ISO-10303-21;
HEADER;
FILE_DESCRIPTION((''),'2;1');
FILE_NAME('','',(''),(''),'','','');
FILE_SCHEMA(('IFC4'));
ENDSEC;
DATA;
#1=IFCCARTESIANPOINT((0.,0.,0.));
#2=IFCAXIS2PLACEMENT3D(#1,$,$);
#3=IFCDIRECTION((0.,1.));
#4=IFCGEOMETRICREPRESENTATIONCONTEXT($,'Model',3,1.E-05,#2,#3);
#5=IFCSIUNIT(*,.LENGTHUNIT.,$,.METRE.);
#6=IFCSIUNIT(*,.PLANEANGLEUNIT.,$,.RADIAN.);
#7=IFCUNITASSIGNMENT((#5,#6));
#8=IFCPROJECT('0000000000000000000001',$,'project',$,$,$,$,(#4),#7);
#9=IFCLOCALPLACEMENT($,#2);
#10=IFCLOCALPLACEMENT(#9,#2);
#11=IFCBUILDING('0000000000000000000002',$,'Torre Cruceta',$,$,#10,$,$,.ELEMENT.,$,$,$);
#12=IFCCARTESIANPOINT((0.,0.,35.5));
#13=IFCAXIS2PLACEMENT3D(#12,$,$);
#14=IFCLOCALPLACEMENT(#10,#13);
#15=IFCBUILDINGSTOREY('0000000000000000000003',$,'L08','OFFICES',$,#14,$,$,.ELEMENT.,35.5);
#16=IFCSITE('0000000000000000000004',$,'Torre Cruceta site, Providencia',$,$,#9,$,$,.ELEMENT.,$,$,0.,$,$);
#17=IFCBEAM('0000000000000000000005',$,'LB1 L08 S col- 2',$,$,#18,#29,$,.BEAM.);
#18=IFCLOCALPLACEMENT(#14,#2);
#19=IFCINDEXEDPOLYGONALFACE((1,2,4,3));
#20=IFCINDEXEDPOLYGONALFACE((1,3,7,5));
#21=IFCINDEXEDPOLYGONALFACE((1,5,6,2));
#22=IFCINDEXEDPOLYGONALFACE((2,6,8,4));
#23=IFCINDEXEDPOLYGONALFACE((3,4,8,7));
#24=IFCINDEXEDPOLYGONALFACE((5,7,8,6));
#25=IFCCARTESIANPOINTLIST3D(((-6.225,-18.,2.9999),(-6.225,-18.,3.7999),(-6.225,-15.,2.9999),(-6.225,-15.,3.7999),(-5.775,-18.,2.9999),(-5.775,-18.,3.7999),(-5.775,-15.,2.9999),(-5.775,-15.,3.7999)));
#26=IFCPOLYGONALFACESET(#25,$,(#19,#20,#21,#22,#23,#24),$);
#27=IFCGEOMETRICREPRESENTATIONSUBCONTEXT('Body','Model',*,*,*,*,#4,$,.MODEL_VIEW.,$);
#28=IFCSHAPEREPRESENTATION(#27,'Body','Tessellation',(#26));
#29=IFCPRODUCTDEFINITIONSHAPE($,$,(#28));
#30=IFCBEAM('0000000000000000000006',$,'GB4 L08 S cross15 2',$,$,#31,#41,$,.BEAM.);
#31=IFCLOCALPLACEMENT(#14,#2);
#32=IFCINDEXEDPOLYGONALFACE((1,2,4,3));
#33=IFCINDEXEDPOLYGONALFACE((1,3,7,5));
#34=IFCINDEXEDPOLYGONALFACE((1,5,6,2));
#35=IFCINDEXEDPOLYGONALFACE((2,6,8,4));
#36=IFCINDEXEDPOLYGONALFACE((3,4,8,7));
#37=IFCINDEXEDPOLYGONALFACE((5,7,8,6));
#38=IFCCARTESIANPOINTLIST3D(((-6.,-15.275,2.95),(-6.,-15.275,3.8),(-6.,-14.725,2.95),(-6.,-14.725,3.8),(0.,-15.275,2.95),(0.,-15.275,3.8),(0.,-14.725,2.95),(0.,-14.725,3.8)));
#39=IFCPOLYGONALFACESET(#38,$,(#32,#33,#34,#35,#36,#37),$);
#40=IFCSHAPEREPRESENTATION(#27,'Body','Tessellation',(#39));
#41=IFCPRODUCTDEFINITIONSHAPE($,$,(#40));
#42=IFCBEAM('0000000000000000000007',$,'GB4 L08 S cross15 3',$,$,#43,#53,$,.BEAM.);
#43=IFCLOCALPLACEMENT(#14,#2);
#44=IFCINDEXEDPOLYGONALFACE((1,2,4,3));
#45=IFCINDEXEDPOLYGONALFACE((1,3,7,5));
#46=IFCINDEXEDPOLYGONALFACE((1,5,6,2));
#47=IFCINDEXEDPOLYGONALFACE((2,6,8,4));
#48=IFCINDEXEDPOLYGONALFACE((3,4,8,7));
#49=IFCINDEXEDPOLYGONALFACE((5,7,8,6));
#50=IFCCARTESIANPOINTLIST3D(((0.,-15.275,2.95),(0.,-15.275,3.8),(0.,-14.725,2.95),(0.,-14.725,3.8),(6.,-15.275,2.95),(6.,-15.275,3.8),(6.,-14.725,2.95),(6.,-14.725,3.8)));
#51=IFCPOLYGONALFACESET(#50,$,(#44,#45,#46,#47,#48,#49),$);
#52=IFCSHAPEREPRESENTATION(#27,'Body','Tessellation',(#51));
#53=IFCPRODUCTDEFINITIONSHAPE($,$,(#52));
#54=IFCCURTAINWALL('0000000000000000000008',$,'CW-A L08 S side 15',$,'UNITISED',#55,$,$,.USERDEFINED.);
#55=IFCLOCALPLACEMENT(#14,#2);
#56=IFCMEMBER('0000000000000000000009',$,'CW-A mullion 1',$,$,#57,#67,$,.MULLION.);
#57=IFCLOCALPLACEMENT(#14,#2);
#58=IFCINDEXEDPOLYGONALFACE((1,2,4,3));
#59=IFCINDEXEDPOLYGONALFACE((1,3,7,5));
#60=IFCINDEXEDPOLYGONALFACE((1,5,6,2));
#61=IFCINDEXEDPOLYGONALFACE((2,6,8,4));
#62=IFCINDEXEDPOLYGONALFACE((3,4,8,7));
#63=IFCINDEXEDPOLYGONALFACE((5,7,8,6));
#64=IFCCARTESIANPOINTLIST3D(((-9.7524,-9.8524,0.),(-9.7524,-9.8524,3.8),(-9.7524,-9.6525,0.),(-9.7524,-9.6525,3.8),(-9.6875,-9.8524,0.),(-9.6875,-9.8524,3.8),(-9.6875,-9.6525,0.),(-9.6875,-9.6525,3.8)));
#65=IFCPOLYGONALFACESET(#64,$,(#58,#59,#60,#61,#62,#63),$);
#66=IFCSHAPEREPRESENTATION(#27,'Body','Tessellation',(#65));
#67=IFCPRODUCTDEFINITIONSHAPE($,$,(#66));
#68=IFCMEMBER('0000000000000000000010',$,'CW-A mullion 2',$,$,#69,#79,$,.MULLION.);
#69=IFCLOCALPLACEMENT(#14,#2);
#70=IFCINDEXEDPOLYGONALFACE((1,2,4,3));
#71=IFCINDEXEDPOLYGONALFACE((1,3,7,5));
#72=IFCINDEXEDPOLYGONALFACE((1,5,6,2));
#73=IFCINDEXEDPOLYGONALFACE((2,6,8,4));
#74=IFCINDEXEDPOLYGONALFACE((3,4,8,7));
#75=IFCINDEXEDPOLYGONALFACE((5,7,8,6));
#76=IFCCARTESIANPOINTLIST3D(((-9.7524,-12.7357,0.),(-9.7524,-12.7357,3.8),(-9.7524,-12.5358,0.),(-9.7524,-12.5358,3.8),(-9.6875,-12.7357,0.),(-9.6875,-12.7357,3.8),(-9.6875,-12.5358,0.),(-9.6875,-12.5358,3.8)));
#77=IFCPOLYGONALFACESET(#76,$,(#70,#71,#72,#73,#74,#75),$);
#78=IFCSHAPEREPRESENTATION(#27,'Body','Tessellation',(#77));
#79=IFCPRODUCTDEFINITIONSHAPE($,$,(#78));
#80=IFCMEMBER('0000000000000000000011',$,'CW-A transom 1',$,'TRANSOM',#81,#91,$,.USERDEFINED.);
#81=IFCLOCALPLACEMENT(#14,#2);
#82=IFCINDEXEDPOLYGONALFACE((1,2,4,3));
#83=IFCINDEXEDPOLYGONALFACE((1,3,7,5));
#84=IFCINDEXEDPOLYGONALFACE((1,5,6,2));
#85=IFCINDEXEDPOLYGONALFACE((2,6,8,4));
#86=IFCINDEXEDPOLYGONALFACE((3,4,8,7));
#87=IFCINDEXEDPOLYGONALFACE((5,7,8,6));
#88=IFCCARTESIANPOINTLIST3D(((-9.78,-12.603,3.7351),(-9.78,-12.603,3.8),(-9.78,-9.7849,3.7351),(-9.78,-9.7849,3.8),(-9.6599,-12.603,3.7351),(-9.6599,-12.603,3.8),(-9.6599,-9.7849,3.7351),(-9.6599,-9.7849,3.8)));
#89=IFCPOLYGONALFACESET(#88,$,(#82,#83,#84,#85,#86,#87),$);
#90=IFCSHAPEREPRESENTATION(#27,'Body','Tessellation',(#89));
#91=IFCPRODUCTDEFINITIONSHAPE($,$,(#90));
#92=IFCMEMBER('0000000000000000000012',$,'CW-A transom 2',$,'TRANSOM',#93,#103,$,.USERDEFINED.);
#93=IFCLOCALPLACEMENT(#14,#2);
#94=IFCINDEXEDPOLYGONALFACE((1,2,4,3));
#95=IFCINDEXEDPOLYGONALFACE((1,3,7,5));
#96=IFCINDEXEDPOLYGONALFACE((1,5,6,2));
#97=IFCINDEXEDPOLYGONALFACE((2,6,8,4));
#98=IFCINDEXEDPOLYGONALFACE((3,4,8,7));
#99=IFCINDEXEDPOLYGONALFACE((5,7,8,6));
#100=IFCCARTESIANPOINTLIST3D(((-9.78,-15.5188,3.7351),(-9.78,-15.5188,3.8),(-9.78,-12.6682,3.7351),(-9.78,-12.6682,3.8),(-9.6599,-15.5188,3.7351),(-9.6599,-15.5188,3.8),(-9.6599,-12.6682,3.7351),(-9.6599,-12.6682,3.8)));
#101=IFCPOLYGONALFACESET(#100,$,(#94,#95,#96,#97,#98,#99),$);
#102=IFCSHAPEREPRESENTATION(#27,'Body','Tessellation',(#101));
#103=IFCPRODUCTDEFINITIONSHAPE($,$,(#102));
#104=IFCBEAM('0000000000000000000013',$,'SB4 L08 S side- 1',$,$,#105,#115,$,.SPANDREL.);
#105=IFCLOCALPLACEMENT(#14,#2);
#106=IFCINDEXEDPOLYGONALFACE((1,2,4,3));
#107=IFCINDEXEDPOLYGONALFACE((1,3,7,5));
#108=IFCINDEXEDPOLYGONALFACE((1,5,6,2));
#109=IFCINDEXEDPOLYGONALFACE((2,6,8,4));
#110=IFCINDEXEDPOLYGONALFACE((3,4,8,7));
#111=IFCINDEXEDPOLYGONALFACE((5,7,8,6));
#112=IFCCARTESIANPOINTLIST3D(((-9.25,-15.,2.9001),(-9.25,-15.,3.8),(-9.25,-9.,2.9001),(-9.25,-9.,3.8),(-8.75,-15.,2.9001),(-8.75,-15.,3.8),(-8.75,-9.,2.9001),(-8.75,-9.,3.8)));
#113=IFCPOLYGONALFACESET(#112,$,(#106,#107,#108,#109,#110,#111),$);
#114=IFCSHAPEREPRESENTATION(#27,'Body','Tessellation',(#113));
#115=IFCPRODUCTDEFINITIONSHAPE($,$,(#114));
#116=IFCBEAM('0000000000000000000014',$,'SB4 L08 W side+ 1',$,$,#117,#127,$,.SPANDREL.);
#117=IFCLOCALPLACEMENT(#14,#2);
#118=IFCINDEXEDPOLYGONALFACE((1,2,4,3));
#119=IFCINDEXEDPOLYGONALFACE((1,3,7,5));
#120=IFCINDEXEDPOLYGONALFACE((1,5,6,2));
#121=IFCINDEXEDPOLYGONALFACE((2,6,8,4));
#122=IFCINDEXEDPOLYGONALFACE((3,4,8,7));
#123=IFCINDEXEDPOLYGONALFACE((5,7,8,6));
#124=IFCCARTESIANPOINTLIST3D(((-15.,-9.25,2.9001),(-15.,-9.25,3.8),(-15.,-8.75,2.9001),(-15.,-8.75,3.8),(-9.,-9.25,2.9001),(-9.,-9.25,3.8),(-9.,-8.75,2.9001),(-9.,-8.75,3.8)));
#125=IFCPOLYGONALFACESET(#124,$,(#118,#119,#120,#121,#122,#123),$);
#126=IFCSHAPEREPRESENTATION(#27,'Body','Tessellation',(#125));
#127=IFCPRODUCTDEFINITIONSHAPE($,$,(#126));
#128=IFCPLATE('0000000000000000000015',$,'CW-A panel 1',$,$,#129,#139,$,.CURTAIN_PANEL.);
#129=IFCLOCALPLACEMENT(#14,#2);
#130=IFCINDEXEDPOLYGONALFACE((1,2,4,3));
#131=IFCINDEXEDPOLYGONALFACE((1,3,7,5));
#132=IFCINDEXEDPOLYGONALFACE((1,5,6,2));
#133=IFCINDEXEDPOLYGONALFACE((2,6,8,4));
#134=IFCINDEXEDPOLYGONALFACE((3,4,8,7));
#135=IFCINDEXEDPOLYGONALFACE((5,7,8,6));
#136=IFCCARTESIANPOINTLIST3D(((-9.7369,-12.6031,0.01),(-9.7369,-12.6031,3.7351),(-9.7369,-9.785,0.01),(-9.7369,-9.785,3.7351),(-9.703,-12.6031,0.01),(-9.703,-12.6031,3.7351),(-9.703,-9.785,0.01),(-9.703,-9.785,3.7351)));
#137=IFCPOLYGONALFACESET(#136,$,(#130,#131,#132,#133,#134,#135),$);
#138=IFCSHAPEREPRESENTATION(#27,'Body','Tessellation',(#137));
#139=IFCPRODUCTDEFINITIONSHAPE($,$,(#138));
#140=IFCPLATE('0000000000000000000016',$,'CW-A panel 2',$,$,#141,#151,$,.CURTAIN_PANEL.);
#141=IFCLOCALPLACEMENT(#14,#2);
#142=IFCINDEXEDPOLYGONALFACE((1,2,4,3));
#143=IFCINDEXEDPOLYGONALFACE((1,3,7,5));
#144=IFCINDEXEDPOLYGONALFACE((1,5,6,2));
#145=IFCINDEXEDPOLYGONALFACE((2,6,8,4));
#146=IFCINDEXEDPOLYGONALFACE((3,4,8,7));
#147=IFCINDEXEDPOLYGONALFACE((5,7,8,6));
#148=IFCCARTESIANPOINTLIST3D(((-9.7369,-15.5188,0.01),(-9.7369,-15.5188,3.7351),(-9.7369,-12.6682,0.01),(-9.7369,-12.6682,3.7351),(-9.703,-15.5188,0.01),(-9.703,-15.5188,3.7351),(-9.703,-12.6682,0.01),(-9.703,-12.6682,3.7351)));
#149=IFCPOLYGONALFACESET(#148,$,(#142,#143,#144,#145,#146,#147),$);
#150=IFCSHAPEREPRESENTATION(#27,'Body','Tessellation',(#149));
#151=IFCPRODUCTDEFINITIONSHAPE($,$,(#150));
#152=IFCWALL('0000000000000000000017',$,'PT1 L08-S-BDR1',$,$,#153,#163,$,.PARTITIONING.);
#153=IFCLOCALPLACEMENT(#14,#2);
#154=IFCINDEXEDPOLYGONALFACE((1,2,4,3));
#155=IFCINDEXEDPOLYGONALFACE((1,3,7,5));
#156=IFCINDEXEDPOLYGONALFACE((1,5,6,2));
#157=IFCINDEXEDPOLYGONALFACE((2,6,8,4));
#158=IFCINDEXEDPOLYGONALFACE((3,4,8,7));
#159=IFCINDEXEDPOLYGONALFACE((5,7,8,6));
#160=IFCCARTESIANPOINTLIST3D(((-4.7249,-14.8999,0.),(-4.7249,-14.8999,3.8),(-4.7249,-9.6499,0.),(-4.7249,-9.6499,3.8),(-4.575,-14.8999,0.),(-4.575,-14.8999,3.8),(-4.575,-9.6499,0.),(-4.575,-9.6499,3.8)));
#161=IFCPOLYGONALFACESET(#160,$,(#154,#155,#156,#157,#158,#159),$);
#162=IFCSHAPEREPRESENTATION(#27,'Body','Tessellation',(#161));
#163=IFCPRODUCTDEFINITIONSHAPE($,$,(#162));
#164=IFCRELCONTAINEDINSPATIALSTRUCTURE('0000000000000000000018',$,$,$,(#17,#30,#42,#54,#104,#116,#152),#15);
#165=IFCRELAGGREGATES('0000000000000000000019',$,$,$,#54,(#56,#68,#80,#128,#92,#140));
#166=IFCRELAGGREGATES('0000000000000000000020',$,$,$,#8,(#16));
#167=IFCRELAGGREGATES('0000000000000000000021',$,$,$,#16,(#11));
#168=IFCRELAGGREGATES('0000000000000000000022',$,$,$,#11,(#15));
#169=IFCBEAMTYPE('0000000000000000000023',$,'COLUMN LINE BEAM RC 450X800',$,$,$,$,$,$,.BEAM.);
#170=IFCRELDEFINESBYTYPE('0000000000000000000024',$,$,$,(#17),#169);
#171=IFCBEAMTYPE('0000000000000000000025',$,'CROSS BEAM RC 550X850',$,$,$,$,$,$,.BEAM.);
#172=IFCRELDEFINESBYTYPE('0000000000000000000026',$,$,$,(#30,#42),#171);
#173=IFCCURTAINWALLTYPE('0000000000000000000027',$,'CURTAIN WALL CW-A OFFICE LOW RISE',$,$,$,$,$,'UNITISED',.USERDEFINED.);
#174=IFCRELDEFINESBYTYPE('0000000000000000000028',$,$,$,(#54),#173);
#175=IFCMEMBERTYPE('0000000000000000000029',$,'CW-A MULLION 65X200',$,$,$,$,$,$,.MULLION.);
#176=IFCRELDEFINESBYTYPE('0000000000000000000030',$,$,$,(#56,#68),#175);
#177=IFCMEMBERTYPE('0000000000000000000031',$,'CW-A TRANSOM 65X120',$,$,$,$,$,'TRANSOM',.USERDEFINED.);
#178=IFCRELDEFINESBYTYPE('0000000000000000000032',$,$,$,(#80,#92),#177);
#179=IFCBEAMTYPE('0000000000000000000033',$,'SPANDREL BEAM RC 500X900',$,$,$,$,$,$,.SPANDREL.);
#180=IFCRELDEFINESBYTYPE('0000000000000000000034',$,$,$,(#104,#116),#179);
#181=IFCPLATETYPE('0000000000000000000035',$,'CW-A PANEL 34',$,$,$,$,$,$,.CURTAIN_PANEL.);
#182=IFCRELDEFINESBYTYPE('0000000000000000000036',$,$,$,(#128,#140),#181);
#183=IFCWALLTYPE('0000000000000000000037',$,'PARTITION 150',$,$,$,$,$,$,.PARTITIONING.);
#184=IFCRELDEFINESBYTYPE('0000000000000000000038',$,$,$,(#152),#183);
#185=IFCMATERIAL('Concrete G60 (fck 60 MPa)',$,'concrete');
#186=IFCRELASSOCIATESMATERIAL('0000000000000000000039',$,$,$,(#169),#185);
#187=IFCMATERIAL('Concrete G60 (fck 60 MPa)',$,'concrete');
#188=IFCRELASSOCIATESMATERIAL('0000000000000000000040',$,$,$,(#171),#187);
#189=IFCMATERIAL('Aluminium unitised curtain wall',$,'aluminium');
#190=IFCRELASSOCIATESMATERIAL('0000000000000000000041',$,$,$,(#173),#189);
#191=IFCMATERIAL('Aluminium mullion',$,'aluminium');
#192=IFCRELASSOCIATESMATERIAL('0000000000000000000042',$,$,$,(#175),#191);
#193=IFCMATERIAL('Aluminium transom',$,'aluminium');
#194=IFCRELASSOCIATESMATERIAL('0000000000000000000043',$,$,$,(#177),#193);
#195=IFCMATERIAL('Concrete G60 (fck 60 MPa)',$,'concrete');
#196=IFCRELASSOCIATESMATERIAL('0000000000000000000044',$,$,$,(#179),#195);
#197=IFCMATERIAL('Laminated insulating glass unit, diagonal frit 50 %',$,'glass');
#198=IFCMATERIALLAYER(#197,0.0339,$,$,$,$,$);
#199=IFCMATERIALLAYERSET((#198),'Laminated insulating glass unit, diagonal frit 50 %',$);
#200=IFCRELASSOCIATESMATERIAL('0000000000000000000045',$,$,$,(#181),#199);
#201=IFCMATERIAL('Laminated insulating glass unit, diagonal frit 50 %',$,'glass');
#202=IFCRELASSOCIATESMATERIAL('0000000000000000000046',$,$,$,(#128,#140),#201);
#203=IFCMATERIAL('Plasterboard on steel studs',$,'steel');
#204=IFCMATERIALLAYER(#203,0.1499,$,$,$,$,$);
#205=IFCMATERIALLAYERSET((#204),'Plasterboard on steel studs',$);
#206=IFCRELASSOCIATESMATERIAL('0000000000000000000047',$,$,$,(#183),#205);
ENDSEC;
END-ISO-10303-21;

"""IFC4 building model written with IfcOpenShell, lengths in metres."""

from ifc_helpers import new_model, si_unit, direction, frame, frame_2d, origin, origin_2d, place, context, subcontext, project, spatial, rectangle, extrude, material, layer, layer_set, material_profile, profile_set, type_object, element, aggregate, save


model = new_model("IFC4")

# Units and contexts
model_context = context("Model", 3, precision=1e-05, world=origin(), true_north=direction((0.0, 1.0)))
body_context = subcontext(model_context, "Body", "Model", "MODEL_VIEW")
ifc_project = project(units=[si_unit("LENGTHUNIT", "METRE"), si_unit("PLANEANGLEUNIT", "RADIAN")], contexts=[model_context])

# Site, building, storey
site_placement = place(None, origin())
site = spatial("IfcSite", under=ifc_project, at=site_placement, Name="Torre Cruceta site, Providencia", CompositionType="ELEMENT", RefElevation=0.0)
building_placement = place(site_placement, origin())
building = spatial("IfcBuilding", under=site, at=building_placement, Name="Torre Cruceta", CompositionType="ELEMENT")
storey_placement = place(building_placement, frame((0.0, 0.0, 35.5)))
storey = spatial("IfcBuildingStorey", under=building, at=storey_placement, Name="L08", Description="OFFICES", CompositionType="ELEMENT", Elevation=35.5)

# Beams
ifc_material_1 = material(Name="Concrete G60 (fck 60 MPa)", Category="concrete")
ifc_material_profile_1 = material_profile(ifc_material_1, rectangle(XDim=0.45, YDim=0.8, at=origin_2d()), Name="RC 450X800")
ifc_profile_set_1 = profile_set([ifc_material_profile_1], Name="Concrete G60 (fck 60 MPa)")
beam_type_1 = type_object("IfcBeamType", Name="COLUMN LINE BEAM RC 450X800", PredefinedType="BEAM", material=ifc_profile_set_1)
beam_placement = place(storey_placement, frame((-6.0, -15.0, 3.3999), z_axis=(0.0, -1.0, 0.0), x_axis=(1.0, 0.0, 0.0)))
element("IfcBeam", 1, at=beam_placement, inside=storey, type_object=beam_type_1, Name="LB1 L08 S col- 2", PredefinedType="BEAM", context=body_context, shape_type="SweptSolid", body=[
    extrude(rectangle(XDim=0.45, YDim=0.8, at=origin_2d()), origin(), (0.0, 0.0, 1.0), 3.0),
])
ifc_material_2 = material(Name="Concrete G60 (fck 60 MPa)", Category="concrete")
ifc_material_profile_2 = material_profile(ifc_material_2, rectangle(XDim=0.55, YDim=0.8501, at=origin_2d()), Name="RC 550X850")
ifc_profile_set_2 = profile_set([ifc_material_profile_2], Name="Concrete G60 (fck 60 MPa)")
beam_type_2 = type_object("IfcBeamType", Name="CROSS BEAM RC 550X850", PredefinedType="BEAM", material=ifc_profile_set_2)
for number, where, z_axis, x_axis, name in (
    (2, (-6.0, -15.0, 3.375), (1.0, 0.0, 0.0), (0.0, 1.0, 0.0), "GB4 L08 S cross15 2"),
    (3, (0.0, -15.0, 3.375), (1.0, 0.0, 0.0), (0.0, 1.0, 0.0), "GB4 L08 S cross15 3"),
):
    element("IfcBeam", number, at=place(storey_placement, frame(where, z_axis=z_axis, x_axis=x_axis)), inside=storey, type_object=beam_type_2, Name=name, PredefinedType="BEAM", context=body_context, shape_type="SweptSolid", body=[
        extrude(rectangle(XDim=0.55, YDim=0.8501, at=origin_2d()), origin(), (0.0, 0.0, 1.0), 6.0),
    ])

# Curtain wall, members
ifc_material_3 = material(Name="Aluminium unitised curtain wall", Category="aluminium")
curtain_wall_type = type_object("IfcCurtainWallType", Name="CURTAIN WALL CW-A OFFICE LOW RISE", ElementType="UNITISED", PredefinedType="USERDEFINED", material=ifc_material_3)
curtain_wall_placement = place(storey_placement, origin())
curtain_wall = element("IfcCurtainWall", 4, at=curtain_wall_placement, inside=storey, type_object=curtain_wall_type, Name="CW-A L08 S side 15", ObjectType="UNITISED", PredefinedType="USERDEFINED")
ifc_material_4 = material(Name="Aluminium mullion", Category="aluminium")
ifc_material_profile_3 = material_profile(ifc_material_4, rectangle(XDim=0.0649, YDim=0.2, at=origin_2d()), Name="AL 65X200")
ifc_profile_set_3 = profile_set([ifc_material_profile_3], Name="Aluminium mullion")
member_type_1 = type_object("IfcMemberType", Name="CW-A MULLION 65X200", PredefinedType="MULLION", material=ifc_profile_set_3)
member_1_placement = place(storey_placement, frame((-9.72, -9.7524, 0.0), z_axis=(0.0, 0.0, 1.0), x_axis=(1.0, 0.0, 0.0)))
member_1 = element("IfcMember", 5, at=member_1_placement, type_object=member_type_1, Name="CW-A mullion 1", PredefinedType="MULLION", context=body_context, shape_type="SweptSolid", body=[
    extrude(rectangle(XDim=0.0649, YDim=0.2, at=origin_2d()), origin(), (0.0, 0.0, 1.0), 3.8),
])
member_2_placement = place(storey_placement, frame((-9.72, -12.6357, 0.0), z_axis=(0.0, 0.0, 1.0), x_axis=(1.0, 0.0, 0.0)))
member_2 = element("IfcMember", 6, at=member_2_placement, type_object=member_type_1, Name="CW-A mullion 2", PredefinedType="MULLION", context=body_context, shape_type="SweptSolid", body=[
    extrude(rectangle(XDim=0.0649, YDim=0.2, at=origin_2d()), origin(), (0.0, 0.0, 1.0), 3.8),
])
ifc_material_5 = material(Name="Aluminium transom", Category="aluminium")
ifc_material_profile_4 = material_profile(ifc_material_5, rectangle(XDim=0.1201, YDim=0.0649, at=origin_2d()), Name="AL 120X65")
ifc_profile_set_4 = profile_set([ifc_material_profile_4], Name="Aluminium transom")
member_type_2 = type_object("IfcMemberType", Name="CW-A TRANSOM 65X120", ElementType="TRANSOM", PredefinedType="USERDEFINED", material=ifc_profile_set_4)
member_3_placement = place(storey_placement, frame((-9.72, -9.7849, 3.7676), z_axis=(0.0, -1.0, 0.0), x_axis=(1.0, 0.0, 0.0)))
member_3 = element("IfcMember", 7, at=member_3_placement, type_object=member_type_2, Name="CW-A transom 1", ObjectType="TRANSOM", PredefinedType="USERDEFINED", context=body_context, shape_type="SweptSolid", body=[
    extrude(rectangle(XDim=0.1201, YDim=0.0649, at=origin_2d()), origin(), (0.0, 0.0, 1.0), 2.8181),
])
member_4_placement = place(storey_placement, frame((-9.72, -12.6682, 3.7676), z_axis=(0.0, -1.0, 0.0), x_axis=(1.0, 0.0, 0.0)))
member_4 = element("IfcMember", 8, at=member_4_placement, type_object=member_type_2, Name="CW-A transom 2", ObjectType="TRANSOM", PredefinedType="USERDEFINED", context=body_context, shape_type="SweptSolid", body=[
    extrude(rectangle(XDim=0.1201, YDim=0.0649, at=origin_2d()), origin(), (0.0, 0.0, 1.0), 2.8506),
])

# Beams
ifc_material_6 = material(Name="Concrete G60 (fck 60 MPa)", Category="concrete")
ifc_material_profile_5 = material_profile(ifc_material_6, rectangle(XDim=0.5, YDim=0.8999, at=origin_2d()), Name="RC 500X900")
ifc_profile_set_5 = profile_set([ifc_material_profile_5], Name="Concrete G60 (fck 60 MPa)")
beam_type_3 = type_object("IfcBeamType", Name="SPANDREL BEAM RC 500X900", PredefinedType="SPANDREL", material=ifc_profile_set_5)
for number, where, z_axis, x_axis, name in (
    (9, (-9.0, -9.0, 3.3501), (0.0, -1.0, 0.0), (1.0, 0.0, 0.0), "SB4 L08 S side- 1"),
    (10, (-9.0, -9.0, 3.3501), (-1.0, 0.0, 0.0), (0.0, -1.0, 0.0), "SB4 L08 W side+ 1"),
):
    element("IfcBeam", number, at=place(storey_placement, frame(where, z_axis=z_axis, x_axis=x_axis)), inside=storey, type_object=beam_type_3, Name=name, PredefinedType="SPANDREL", context=body_context, shape_type="SweptSolid", body=[
        extrude(rectangle(XDim=0.5, YDim=0.8999, at=origin_2d()), origin(), (0.0, 0.0, 1.0), 6.0),
    ])

# Plates
ifc_material_7 = material(Name="Laminated insulating glass unit, diagonal frit 50 %", Category="glass")
ifc_material_8 = material(Name="Laminated insulating glass unit, diagonal frit 50 %", Category="glass")
ifc_layer_1 = layer(ifc_material_8, 0.0339)
ifc_layer_set_1 = layer_set([ifc_layer_1], Name="Laminated insulating glass unit, diagonal frit 50 %")
plate_type = type_object("IfcPlateType", Name="CW-A PANEL 34", PredefinedType="CURTAIN_PANEL", material=ifc_layer_set_1)
plate_1_placement = place(storey_placement, frame((-9.72, -11.1941, 0.01), z_axis=(0.0, 0.0, 1.0), x_axis=(0.0, -1.0, 0.0)))
plate_1 = element("IfcPlate", 11, at=plate_1_placement, type_object=plate_type, material=ifc_material_7, Name="CW-A panel 1", PredefinedType="CURTAIN_PANEL", context=body_context, shape_type="SweptSolid", body=[
    extrude(rectangle(XDim=2.8181, YDim=0.0339, at=origin_2d()), origin(), (0.0, 0.0, 1.0), 3.7251),
])
plate_2_placement = place(storey_placement, frame((-9.72, -14.0935, 0.01), z_axis=(0.0, 0.0, 1.0), x_axis=(0.0, -1.0, 0.0)))
plate_2 = element("IfcPlate", 12, at=plate_2_placement, type_object=plate_type, material=ifc_material_7, Name="CW-A panel 2", PredefinedType="CURTAIN_PANEL", context=body_context, shape_type="SweptSolid", body=[
    extrude(rectangle(XDim=2.8506, YDim=0.0339, at=origin_2d()), origin(), (0.0, 0.0, 1.0), 3.7251),
])
aggregate(curtain_wall, [member_1, member_2, member_3, plate_1, member_4, plate_2])

# Wall
ifc_material_9 = material(Name="Plasterboard on steel studs", Category="steel")
ifc_layer_2 = layer(ifc_material_9, 0.1499)
ifc_layer_set_2 = layer_set([ifc_layer_2], Name="Plasterboard on steel studs")
wall_type_1 = type_object("IfcWallType", Name="PARTITION 150", PredefinedType="PARTITIONING", material=ifc_layer_set_2)
wall_1_placement = place(storey_placement, frame((-4.6499, -9.6499, 0.0), z_axis=(0.0, 0.0, 1.0), x_axis=(0.0, -1.0, 0.0)))
element("IfcWall", 13, at=wall_1_placement, inside=storey, type_object=wall_type_1, Name="PT1 L08-S-BDR1", PredefinedType="PARTITIONING", context=body_context, shape_type="SweptSolid", body=[
    extrude(rectangle(XDim=5.25, YDim=0.1499, at=frame_2d((2.625, 0.0))), origin(), (0.0, 0.0, 1.0), 3.8),
])

save(model, "model.ifc")
